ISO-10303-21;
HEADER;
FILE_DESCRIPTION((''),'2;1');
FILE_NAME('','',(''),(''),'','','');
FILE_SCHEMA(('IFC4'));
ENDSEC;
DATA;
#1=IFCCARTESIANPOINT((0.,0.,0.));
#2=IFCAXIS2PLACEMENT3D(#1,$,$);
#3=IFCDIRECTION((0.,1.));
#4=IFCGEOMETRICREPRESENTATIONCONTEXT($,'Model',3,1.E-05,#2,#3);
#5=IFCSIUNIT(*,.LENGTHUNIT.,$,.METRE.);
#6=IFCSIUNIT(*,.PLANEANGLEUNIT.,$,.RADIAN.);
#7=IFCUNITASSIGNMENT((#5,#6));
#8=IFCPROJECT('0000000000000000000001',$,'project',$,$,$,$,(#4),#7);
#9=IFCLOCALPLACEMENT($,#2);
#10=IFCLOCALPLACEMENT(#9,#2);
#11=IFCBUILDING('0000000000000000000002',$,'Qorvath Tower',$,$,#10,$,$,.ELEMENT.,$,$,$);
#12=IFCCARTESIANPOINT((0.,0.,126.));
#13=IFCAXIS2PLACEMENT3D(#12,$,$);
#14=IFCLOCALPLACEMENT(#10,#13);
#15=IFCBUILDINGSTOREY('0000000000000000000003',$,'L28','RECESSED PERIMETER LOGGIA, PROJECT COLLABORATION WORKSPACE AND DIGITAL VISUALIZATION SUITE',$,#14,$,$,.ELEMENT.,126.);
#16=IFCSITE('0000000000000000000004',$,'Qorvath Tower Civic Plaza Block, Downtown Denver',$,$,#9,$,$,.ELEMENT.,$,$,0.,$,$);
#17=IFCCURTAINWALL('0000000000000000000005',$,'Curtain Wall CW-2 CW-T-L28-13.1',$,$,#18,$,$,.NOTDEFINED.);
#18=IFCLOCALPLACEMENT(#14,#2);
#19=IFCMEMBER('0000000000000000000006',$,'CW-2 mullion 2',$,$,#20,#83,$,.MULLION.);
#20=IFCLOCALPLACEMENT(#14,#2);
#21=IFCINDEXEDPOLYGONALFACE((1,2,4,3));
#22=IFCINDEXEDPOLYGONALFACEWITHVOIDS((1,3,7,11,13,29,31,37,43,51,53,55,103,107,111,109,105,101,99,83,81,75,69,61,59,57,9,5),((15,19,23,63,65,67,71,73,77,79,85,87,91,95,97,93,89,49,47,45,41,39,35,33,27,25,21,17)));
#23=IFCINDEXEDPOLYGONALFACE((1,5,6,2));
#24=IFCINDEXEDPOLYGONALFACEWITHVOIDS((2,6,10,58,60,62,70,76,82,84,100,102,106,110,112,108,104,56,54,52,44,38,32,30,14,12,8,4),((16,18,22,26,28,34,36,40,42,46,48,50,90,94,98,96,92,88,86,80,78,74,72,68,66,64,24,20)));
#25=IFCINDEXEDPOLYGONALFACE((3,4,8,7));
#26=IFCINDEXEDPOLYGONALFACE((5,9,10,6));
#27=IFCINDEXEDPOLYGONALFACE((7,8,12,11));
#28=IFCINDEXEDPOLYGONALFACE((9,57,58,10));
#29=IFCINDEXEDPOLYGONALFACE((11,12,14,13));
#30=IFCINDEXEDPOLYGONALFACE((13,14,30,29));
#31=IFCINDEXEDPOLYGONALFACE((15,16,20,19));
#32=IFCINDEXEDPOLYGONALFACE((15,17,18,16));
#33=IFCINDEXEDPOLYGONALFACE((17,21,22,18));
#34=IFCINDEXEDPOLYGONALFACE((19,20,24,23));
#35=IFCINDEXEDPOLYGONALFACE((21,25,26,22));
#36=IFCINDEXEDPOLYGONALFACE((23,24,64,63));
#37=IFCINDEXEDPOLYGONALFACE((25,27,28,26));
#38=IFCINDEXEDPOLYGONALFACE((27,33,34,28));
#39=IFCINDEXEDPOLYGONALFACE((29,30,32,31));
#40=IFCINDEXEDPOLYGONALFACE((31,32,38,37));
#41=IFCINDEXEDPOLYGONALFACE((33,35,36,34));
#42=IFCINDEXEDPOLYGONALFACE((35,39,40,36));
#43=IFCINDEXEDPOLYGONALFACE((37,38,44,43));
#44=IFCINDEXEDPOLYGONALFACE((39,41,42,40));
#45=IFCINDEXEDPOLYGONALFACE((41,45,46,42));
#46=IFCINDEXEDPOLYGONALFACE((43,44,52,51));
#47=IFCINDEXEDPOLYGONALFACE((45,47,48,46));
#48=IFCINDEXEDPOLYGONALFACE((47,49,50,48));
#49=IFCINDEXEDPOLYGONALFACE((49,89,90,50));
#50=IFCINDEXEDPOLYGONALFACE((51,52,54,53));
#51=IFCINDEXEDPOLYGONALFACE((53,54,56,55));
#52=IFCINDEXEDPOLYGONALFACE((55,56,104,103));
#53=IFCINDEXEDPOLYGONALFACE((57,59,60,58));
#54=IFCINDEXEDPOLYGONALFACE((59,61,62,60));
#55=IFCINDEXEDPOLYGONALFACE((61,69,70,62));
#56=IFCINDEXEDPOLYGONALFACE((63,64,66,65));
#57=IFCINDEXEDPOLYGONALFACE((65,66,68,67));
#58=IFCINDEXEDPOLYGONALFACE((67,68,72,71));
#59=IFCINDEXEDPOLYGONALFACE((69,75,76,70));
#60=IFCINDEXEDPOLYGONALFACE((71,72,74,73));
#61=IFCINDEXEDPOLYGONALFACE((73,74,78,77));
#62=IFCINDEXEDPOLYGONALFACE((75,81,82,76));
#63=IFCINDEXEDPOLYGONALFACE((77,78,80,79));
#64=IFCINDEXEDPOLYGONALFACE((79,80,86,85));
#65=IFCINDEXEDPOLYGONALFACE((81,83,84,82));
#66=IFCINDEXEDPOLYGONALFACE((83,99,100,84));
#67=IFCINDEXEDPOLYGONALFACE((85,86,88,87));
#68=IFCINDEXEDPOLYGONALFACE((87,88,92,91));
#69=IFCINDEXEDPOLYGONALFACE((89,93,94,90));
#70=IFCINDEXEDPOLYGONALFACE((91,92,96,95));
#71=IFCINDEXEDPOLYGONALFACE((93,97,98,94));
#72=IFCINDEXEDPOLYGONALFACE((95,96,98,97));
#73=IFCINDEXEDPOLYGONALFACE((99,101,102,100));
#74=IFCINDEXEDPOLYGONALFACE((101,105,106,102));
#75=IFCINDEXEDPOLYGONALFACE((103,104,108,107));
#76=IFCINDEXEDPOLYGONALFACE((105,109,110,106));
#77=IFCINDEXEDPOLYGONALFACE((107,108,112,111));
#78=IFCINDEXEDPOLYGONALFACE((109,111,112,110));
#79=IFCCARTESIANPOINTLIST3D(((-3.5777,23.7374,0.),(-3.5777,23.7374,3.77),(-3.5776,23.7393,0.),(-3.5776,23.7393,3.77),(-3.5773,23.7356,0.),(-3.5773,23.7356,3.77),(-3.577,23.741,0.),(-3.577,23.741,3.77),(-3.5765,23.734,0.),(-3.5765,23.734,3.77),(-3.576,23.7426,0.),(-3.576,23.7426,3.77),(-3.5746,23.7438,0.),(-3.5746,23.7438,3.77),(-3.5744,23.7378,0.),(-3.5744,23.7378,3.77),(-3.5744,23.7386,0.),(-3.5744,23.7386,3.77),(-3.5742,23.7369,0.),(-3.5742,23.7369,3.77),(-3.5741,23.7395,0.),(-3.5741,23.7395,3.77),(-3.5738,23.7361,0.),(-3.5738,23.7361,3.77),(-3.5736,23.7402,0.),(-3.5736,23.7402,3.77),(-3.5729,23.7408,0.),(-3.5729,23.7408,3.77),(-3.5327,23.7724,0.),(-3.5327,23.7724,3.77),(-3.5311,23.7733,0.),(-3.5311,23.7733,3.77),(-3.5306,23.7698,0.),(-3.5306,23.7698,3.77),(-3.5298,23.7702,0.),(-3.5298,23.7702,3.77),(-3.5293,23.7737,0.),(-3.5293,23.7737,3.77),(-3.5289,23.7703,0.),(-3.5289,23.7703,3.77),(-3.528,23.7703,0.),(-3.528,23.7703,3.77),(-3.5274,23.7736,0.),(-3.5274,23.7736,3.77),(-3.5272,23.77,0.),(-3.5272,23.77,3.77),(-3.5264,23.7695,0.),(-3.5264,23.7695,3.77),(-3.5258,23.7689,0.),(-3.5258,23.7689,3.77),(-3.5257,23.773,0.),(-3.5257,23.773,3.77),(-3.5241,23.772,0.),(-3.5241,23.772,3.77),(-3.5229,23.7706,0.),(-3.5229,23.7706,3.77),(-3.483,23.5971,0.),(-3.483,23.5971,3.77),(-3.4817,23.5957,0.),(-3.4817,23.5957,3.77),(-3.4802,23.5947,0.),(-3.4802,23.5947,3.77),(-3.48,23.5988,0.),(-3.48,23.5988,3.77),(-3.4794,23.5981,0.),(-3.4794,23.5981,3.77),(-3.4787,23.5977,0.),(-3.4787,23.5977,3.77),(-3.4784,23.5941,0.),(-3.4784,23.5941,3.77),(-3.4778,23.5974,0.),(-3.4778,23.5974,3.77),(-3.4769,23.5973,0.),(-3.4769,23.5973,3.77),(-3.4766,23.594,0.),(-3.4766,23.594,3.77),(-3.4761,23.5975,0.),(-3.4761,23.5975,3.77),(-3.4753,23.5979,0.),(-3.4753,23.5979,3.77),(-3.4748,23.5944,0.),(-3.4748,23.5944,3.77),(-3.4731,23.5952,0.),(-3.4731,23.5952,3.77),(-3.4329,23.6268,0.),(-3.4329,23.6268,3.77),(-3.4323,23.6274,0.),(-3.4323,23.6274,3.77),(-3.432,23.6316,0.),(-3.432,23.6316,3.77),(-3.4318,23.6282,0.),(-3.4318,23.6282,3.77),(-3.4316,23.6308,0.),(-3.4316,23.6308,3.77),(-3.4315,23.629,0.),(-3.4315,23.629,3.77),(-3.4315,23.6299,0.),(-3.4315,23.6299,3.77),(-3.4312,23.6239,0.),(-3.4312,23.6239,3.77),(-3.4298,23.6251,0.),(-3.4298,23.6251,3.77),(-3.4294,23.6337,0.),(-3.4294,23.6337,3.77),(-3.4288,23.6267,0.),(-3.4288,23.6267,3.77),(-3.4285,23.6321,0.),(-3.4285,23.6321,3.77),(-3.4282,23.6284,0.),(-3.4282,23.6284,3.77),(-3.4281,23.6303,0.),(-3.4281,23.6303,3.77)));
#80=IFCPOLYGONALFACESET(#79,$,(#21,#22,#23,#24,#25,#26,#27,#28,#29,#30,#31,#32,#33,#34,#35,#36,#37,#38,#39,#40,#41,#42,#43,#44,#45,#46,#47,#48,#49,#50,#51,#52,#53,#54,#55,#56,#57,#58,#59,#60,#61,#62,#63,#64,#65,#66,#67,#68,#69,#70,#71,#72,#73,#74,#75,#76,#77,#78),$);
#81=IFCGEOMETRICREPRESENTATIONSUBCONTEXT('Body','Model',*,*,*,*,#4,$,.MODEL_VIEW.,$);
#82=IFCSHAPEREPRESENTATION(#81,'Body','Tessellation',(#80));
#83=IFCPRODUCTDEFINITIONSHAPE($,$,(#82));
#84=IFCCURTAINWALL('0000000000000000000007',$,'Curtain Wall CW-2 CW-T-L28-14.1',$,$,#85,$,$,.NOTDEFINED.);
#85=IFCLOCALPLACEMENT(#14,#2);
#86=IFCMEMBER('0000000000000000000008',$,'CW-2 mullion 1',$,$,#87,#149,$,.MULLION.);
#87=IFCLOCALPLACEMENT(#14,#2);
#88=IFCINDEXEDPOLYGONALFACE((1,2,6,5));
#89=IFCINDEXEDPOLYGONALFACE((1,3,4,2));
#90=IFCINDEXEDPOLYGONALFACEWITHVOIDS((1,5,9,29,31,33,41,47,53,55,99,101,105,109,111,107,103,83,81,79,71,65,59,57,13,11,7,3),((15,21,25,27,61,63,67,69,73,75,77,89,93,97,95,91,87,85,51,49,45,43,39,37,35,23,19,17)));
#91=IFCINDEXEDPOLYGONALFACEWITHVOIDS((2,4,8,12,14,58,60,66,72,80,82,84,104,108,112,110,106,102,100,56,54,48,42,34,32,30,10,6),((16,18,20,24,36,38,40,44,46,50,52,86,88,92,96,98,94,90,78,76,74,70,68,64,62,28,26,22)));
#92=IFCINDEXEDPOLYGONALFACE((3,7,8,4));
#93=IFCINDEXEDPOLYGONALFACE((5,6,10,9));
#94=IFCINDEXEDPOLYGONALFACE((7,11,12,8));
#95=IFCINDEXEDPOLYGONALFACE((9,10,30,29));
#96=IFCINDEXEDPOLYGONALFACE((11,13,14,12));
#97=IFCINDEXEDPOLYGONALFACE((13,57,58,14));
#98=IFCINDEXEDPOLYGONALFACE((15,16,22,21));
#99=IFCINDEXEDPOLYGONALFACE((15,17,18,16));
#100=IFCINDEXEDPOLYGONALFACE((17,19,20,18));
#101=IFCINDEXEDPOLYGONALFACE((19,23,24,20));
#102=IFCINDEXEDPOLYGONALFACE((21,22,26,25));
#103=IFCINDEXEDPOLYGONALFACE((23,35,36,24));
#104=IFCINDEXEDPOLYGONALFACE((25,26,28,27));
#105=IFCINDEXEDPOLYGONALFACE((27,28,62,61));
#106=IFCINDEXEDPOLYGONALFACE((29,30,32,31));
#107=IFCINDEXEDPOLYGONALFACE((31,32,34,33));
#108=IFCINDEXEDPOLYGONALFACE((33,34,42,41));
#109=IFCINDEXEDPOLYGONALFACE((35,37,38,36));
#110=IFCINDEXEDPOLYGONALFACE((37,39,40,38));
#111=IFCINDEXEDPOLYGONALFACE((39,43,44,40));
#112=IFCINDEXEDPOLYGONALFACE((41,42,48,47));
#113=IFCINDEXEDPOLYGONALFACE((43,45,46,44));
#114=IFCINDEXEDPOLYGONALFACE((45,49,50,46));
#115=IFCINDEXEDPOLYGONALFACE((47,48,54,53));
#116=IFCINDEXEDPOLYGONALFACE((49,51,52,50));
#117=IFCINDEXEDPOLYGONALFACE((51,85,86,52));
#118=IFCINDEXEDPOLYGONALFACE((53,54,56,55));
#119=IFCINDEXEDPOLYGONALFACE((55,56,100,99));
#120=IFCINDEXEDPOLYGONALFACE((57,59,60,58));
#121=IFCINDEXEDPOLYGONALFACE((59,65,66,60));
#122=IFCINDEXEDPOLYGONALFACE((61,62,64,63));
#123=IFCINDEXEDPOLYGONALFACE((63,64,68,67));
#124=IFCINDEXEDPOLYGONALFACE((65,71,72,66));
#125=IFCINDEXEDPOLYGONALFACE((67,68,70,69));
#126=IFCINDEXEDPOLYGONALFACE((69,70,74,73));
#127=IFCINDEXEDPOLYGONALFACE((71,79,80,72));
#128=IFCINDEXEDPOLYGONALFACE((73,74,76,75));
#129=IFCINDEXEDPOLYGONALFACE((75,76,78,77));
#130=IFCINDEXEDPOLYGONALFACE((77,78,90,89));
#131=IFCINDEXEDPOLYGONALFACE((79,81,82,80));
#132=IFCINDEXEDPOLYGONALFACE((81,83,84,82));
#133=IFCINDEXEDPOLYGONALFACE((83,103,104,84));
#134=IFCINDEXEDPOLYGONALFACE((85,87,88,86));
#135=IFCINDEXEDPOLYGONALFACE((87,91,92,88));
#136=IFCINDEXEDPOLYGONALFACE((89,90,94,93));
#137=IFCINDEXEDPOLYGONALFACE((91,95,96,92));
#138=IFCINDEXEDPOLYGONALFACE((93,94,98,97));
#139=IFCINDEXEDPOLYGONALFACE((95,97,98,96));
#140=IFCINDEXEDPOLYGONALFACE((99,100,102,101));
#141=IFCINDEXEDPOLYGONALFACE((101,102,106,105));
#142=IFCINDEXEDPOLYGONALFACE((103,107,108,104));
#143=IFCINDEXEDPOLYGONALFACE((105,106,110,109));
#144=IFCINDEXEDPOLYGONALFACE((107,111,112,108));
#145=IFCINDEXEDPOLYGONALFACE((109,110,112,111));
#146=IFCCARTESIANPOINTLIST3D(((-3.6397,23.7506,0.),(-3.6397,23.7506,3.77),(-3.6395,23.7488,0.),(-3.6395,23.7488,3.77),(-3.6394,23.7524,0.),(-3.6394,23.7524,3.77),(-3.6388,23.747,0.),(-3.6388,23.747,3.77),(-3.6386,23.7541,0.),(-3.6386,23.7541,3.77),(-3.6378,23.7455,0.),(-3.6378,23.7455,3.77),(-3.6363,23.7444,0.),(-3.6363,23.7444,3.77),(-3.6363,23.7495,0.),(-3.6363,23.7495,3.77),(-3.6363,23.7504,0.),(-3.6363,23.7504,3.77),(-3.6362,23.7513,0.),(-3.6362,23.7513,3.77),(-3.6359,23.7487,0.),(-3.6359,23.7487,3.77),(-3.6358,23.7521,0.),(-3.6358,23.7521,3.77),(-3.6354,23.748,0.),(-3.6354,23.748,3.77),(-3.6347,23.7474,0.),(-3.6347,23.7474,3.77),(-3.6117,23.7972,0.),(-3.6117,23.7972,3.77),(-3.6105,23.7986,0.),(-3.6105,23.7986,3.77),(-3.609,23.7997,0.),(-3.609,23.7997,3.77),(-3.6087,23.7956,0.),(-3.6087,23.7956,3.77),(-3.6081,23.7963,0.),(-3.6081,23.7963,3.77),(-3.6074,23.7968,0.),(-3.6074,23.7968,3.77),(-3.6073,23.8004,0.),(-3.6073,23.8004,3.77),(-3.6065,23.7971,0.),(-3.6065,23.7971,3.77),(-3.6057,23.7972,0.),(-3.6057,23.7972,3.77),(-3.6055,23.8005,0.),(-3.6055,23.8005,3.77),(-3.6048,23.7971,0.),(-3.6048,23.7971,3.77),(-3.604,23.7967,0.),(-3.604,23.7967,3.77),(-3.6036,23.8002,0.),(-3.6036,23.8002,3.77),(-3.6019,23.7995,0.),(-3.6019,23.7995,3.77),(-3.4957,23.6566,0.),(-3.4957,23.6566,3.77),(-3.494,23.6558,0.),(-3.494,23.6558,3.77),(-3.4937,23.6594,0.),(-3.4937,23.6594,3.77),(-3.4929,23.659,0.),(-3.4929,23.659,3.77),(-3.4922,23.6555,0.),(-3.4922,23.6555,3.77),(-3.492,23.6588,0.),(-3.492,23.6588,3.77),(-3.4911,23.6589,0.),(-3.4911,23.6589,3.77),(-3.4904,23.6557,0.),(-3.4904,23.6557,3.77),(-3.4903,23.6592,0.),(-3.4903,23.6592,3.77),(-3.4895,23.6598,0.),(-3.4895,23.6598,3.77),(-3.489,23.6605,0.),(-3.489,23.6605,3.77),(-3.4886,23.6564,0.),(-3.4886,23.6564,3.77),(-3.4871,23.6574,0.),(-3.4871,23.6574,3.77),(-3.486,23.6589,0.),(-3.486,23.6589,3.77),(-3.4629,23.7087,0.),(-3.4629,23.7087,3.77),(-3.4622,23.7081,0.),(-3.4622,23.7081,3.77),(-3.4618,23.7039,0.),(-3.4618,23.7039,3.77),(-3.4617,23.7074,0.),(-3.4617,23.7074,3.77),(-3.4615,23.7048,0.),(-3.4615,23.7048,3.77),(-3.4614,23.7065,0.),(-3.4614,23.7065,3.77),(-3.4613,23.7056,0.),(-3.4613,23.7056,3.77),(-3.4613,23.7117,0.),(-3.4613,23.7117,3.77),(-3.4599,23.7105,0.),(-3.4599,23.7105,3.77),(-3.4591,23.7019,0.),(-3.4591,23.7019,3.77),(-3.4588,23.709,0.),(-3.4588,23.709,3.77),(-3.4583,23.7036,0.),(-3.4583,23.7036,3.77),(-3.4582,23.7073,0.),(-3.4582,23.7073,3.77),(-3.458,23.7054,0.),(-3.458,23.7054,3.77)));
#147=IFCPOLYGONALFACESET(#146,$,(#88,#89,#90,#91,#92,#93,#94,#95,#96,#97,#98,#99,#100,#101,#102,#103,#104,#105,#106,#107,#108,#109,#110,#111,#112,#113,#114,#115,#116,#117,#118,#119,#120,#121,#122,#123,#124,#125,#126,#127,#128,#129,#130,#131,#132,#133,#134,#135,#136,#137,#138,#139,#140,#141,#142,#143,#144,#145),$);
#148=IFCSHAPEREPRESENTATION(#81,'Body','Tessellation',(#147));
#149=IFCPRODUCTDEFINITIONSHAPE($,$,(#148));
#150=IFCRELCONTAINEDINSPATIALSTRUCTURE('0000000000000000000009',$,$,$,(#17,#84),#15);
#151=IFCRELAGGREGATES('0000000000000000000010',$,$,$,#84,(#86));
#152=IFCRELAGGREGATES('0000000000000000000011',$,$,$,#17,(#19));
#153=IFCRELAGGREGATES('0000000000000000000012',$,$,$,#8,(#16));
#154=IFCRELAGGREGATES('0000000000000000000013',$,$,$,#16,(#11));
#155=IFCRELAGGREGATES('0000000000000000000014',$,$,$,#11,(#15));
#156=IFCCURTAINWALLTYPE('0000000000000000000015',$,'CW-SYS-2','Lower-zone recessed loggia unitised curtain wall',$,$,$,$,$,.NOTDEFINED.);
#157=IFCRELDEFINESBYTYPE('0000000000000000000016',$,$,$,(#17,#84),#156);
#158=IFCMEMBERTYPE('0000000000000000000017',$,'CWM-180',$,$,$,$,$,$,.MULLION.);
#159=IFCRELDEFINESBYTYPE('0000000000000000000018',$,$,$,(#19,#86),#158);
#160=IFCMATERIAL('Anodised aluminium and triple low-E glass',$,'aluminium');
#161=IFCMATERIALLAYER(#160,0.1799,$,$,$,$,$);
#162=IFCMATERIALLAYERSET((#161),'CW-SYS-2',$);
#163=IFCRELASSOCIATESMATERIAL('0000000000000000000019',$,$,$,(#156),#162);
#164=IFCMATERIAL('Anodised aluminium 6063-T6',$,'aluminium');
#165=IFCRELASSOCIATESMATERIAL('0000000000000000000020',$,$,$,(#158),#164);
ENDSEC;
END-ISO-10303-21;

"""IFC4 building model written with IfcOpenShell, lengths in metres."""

from ifc_helpers import new_model, si_unit, direction, frame, origin, origin_2d, place, context, subcontext, project, spatial, hollow_rectangle, extrude, material, layer, layer_set, material_profile, profile_set, type_object, element, aggregate, save


model = new_model("IFC4")

# Units and contexts
model_context = context("Model", 3, precision=1e-05, world=origin(), true_north=direction((0.0, 1.0)))
body_context = subcontext(model_context, "Body", "Model", "MODEL_VIEW")
ifc_project = project(units=[si_unit("LENGTHUNIT", "METRE"), si_unit("PLANEANGLEUNIT", "RADIAN")], contexts=[model_context])

# Site, building, storey
site_placement = place(None, origin())
site = spatial("IfcSite", under=ifc_project, at=site_placement, Name="Qorvath Tower Civic Plaza Block, Downtown Denver", CompositionType="ELEMENT", RefElevation=0.0)
building_placement = place(site_placement, origin())
building = spatial("IfcBuilding", under=site, at=building_placement, Name="Qorvath Tower", CompositionType="ELEMENT")
storey_placement = place(building_placement, frame((0.0, 0.0, 126.0)))
storey = spatial("IfcBuildingStorey", under=building, at=storey_placement, Name="L28", Description="RECESSED PERIMETER LOGGIA, PROJECT COLLABORATION WORKSPACE AND DIGITAL VISUALIZATION SUITE", CompositionType="ELEMENT", Elevation=126.0)

# Shared definitions
ifc_material_1 = material(Name="Anodised aluminium and triple low-E glass", Category="aluminium")
ifc_layer_1 = layer(ifc_material_1, 0.1799)
ifc_layer_set_1 = layer_set([ifc_layer_1], Name="CW-SYS-2")
curtain_wall_type = type_object("IfcCurtainWallType", Name="CW-SYS-2", Description="Lower-zone recessed loggia unitised curtain wall", PredefinedType="NOTDEFINED", material=ifc_layer_set_1)
ifc_material_2 = material(Name="Anodised aluminium 6063-T6", Category="aluminium")
ifc_material_profile_1 = material_profile(ifc_material_2, hollow_rectangle(XDim=0.0649, YDim=0.1799, WallThickness=0.0034, InnerFilletRadius=0.0034, OuterFilletRadius=0.0071, at=origin_2d()), Name="CWM 180x65")
ifc_profile_set_1 = profile_set([ifc_material_profile_1], Name="Anodised aluminium 6063-T6")
member_type_1 = type_object("IfcMemberType", Name="CWM-180", PredefinedType="MULLION", material=ifc_profile_set_1)

# Curtain wall, member
curtain_wall_1_placement = place(storey_placement, origin())
curtain_wall_1 = element("IfcCurtainWall", 1, at=curtain_wall_1_placement, inside=storey, type_object=curtain_wall_type, Name="Curtain Wall CW-2 CW-T-L28-13.1", PredefinedType="NOTDEFINED")
member_1_placement = place(storey_placement, frame((-3.5029, 23.6838, 0.0), z_axis=(0.0, 0.0, 1.0), x_axis=(-0.825663, -0.564164, 0.0)))
member_1 = element("IfcMember", 2, at=member_1_placement, type_object=member_type_1, Name="CW-2 mullion 2", PredefinedType="MULLION", context=body_context, shape_type="SweptSolid", body=[
    extrude(hollow_rectangle(XDim=0.0649, YDim=0.1799, WallThickness=0.0034, InnerFilletRadius=0.0034, OuterFilletRadius=0.0071, at=origin_2d()), origin(), (0.0, 0.0, 1.0), 3.77),
])

# Curtain wall, member
curtain_wall_2_placement = place(storey_placement, origin())
curtain_wall_2 = element("IfcCurtainWall", 3, at=curtain_wall_2_placement, inside=storey, type_object=curtain_wall_type, Name="Curtain Wall CW-2 CW-T-L28-14.1", PredefinedType="NOTDEFINED")
member_2_placement = place(storey_placement, frame((-3.5488, 23.728, 0.0), z_axis=(0.0, 0.0, 1.0), x_axis=(-0.529503, -0.848308, 0.0)))
member_2 = element("IfcMember", 4, at=member_2_placement, type_object=member_type_1, Name="CW-2 mullion 1", PredefinedType="MULLION", context=body_context, shape_type="SweptSolid", body=[
    extrude(hollow_rectangle(XDim=0.0649, YDim=0.1799, WallThickness=0.0034, InnerFilletRadius=0.0034, OuterFilletRadius=0.0071, at=origin_2d()), origin(), (0.0, 0.0, 1.0), 3.77),
])
aggregate(curtain_wall_2, [member_2])

aggregate(curtain_wall_1, [member_1])

save(model, "model.ifc")
